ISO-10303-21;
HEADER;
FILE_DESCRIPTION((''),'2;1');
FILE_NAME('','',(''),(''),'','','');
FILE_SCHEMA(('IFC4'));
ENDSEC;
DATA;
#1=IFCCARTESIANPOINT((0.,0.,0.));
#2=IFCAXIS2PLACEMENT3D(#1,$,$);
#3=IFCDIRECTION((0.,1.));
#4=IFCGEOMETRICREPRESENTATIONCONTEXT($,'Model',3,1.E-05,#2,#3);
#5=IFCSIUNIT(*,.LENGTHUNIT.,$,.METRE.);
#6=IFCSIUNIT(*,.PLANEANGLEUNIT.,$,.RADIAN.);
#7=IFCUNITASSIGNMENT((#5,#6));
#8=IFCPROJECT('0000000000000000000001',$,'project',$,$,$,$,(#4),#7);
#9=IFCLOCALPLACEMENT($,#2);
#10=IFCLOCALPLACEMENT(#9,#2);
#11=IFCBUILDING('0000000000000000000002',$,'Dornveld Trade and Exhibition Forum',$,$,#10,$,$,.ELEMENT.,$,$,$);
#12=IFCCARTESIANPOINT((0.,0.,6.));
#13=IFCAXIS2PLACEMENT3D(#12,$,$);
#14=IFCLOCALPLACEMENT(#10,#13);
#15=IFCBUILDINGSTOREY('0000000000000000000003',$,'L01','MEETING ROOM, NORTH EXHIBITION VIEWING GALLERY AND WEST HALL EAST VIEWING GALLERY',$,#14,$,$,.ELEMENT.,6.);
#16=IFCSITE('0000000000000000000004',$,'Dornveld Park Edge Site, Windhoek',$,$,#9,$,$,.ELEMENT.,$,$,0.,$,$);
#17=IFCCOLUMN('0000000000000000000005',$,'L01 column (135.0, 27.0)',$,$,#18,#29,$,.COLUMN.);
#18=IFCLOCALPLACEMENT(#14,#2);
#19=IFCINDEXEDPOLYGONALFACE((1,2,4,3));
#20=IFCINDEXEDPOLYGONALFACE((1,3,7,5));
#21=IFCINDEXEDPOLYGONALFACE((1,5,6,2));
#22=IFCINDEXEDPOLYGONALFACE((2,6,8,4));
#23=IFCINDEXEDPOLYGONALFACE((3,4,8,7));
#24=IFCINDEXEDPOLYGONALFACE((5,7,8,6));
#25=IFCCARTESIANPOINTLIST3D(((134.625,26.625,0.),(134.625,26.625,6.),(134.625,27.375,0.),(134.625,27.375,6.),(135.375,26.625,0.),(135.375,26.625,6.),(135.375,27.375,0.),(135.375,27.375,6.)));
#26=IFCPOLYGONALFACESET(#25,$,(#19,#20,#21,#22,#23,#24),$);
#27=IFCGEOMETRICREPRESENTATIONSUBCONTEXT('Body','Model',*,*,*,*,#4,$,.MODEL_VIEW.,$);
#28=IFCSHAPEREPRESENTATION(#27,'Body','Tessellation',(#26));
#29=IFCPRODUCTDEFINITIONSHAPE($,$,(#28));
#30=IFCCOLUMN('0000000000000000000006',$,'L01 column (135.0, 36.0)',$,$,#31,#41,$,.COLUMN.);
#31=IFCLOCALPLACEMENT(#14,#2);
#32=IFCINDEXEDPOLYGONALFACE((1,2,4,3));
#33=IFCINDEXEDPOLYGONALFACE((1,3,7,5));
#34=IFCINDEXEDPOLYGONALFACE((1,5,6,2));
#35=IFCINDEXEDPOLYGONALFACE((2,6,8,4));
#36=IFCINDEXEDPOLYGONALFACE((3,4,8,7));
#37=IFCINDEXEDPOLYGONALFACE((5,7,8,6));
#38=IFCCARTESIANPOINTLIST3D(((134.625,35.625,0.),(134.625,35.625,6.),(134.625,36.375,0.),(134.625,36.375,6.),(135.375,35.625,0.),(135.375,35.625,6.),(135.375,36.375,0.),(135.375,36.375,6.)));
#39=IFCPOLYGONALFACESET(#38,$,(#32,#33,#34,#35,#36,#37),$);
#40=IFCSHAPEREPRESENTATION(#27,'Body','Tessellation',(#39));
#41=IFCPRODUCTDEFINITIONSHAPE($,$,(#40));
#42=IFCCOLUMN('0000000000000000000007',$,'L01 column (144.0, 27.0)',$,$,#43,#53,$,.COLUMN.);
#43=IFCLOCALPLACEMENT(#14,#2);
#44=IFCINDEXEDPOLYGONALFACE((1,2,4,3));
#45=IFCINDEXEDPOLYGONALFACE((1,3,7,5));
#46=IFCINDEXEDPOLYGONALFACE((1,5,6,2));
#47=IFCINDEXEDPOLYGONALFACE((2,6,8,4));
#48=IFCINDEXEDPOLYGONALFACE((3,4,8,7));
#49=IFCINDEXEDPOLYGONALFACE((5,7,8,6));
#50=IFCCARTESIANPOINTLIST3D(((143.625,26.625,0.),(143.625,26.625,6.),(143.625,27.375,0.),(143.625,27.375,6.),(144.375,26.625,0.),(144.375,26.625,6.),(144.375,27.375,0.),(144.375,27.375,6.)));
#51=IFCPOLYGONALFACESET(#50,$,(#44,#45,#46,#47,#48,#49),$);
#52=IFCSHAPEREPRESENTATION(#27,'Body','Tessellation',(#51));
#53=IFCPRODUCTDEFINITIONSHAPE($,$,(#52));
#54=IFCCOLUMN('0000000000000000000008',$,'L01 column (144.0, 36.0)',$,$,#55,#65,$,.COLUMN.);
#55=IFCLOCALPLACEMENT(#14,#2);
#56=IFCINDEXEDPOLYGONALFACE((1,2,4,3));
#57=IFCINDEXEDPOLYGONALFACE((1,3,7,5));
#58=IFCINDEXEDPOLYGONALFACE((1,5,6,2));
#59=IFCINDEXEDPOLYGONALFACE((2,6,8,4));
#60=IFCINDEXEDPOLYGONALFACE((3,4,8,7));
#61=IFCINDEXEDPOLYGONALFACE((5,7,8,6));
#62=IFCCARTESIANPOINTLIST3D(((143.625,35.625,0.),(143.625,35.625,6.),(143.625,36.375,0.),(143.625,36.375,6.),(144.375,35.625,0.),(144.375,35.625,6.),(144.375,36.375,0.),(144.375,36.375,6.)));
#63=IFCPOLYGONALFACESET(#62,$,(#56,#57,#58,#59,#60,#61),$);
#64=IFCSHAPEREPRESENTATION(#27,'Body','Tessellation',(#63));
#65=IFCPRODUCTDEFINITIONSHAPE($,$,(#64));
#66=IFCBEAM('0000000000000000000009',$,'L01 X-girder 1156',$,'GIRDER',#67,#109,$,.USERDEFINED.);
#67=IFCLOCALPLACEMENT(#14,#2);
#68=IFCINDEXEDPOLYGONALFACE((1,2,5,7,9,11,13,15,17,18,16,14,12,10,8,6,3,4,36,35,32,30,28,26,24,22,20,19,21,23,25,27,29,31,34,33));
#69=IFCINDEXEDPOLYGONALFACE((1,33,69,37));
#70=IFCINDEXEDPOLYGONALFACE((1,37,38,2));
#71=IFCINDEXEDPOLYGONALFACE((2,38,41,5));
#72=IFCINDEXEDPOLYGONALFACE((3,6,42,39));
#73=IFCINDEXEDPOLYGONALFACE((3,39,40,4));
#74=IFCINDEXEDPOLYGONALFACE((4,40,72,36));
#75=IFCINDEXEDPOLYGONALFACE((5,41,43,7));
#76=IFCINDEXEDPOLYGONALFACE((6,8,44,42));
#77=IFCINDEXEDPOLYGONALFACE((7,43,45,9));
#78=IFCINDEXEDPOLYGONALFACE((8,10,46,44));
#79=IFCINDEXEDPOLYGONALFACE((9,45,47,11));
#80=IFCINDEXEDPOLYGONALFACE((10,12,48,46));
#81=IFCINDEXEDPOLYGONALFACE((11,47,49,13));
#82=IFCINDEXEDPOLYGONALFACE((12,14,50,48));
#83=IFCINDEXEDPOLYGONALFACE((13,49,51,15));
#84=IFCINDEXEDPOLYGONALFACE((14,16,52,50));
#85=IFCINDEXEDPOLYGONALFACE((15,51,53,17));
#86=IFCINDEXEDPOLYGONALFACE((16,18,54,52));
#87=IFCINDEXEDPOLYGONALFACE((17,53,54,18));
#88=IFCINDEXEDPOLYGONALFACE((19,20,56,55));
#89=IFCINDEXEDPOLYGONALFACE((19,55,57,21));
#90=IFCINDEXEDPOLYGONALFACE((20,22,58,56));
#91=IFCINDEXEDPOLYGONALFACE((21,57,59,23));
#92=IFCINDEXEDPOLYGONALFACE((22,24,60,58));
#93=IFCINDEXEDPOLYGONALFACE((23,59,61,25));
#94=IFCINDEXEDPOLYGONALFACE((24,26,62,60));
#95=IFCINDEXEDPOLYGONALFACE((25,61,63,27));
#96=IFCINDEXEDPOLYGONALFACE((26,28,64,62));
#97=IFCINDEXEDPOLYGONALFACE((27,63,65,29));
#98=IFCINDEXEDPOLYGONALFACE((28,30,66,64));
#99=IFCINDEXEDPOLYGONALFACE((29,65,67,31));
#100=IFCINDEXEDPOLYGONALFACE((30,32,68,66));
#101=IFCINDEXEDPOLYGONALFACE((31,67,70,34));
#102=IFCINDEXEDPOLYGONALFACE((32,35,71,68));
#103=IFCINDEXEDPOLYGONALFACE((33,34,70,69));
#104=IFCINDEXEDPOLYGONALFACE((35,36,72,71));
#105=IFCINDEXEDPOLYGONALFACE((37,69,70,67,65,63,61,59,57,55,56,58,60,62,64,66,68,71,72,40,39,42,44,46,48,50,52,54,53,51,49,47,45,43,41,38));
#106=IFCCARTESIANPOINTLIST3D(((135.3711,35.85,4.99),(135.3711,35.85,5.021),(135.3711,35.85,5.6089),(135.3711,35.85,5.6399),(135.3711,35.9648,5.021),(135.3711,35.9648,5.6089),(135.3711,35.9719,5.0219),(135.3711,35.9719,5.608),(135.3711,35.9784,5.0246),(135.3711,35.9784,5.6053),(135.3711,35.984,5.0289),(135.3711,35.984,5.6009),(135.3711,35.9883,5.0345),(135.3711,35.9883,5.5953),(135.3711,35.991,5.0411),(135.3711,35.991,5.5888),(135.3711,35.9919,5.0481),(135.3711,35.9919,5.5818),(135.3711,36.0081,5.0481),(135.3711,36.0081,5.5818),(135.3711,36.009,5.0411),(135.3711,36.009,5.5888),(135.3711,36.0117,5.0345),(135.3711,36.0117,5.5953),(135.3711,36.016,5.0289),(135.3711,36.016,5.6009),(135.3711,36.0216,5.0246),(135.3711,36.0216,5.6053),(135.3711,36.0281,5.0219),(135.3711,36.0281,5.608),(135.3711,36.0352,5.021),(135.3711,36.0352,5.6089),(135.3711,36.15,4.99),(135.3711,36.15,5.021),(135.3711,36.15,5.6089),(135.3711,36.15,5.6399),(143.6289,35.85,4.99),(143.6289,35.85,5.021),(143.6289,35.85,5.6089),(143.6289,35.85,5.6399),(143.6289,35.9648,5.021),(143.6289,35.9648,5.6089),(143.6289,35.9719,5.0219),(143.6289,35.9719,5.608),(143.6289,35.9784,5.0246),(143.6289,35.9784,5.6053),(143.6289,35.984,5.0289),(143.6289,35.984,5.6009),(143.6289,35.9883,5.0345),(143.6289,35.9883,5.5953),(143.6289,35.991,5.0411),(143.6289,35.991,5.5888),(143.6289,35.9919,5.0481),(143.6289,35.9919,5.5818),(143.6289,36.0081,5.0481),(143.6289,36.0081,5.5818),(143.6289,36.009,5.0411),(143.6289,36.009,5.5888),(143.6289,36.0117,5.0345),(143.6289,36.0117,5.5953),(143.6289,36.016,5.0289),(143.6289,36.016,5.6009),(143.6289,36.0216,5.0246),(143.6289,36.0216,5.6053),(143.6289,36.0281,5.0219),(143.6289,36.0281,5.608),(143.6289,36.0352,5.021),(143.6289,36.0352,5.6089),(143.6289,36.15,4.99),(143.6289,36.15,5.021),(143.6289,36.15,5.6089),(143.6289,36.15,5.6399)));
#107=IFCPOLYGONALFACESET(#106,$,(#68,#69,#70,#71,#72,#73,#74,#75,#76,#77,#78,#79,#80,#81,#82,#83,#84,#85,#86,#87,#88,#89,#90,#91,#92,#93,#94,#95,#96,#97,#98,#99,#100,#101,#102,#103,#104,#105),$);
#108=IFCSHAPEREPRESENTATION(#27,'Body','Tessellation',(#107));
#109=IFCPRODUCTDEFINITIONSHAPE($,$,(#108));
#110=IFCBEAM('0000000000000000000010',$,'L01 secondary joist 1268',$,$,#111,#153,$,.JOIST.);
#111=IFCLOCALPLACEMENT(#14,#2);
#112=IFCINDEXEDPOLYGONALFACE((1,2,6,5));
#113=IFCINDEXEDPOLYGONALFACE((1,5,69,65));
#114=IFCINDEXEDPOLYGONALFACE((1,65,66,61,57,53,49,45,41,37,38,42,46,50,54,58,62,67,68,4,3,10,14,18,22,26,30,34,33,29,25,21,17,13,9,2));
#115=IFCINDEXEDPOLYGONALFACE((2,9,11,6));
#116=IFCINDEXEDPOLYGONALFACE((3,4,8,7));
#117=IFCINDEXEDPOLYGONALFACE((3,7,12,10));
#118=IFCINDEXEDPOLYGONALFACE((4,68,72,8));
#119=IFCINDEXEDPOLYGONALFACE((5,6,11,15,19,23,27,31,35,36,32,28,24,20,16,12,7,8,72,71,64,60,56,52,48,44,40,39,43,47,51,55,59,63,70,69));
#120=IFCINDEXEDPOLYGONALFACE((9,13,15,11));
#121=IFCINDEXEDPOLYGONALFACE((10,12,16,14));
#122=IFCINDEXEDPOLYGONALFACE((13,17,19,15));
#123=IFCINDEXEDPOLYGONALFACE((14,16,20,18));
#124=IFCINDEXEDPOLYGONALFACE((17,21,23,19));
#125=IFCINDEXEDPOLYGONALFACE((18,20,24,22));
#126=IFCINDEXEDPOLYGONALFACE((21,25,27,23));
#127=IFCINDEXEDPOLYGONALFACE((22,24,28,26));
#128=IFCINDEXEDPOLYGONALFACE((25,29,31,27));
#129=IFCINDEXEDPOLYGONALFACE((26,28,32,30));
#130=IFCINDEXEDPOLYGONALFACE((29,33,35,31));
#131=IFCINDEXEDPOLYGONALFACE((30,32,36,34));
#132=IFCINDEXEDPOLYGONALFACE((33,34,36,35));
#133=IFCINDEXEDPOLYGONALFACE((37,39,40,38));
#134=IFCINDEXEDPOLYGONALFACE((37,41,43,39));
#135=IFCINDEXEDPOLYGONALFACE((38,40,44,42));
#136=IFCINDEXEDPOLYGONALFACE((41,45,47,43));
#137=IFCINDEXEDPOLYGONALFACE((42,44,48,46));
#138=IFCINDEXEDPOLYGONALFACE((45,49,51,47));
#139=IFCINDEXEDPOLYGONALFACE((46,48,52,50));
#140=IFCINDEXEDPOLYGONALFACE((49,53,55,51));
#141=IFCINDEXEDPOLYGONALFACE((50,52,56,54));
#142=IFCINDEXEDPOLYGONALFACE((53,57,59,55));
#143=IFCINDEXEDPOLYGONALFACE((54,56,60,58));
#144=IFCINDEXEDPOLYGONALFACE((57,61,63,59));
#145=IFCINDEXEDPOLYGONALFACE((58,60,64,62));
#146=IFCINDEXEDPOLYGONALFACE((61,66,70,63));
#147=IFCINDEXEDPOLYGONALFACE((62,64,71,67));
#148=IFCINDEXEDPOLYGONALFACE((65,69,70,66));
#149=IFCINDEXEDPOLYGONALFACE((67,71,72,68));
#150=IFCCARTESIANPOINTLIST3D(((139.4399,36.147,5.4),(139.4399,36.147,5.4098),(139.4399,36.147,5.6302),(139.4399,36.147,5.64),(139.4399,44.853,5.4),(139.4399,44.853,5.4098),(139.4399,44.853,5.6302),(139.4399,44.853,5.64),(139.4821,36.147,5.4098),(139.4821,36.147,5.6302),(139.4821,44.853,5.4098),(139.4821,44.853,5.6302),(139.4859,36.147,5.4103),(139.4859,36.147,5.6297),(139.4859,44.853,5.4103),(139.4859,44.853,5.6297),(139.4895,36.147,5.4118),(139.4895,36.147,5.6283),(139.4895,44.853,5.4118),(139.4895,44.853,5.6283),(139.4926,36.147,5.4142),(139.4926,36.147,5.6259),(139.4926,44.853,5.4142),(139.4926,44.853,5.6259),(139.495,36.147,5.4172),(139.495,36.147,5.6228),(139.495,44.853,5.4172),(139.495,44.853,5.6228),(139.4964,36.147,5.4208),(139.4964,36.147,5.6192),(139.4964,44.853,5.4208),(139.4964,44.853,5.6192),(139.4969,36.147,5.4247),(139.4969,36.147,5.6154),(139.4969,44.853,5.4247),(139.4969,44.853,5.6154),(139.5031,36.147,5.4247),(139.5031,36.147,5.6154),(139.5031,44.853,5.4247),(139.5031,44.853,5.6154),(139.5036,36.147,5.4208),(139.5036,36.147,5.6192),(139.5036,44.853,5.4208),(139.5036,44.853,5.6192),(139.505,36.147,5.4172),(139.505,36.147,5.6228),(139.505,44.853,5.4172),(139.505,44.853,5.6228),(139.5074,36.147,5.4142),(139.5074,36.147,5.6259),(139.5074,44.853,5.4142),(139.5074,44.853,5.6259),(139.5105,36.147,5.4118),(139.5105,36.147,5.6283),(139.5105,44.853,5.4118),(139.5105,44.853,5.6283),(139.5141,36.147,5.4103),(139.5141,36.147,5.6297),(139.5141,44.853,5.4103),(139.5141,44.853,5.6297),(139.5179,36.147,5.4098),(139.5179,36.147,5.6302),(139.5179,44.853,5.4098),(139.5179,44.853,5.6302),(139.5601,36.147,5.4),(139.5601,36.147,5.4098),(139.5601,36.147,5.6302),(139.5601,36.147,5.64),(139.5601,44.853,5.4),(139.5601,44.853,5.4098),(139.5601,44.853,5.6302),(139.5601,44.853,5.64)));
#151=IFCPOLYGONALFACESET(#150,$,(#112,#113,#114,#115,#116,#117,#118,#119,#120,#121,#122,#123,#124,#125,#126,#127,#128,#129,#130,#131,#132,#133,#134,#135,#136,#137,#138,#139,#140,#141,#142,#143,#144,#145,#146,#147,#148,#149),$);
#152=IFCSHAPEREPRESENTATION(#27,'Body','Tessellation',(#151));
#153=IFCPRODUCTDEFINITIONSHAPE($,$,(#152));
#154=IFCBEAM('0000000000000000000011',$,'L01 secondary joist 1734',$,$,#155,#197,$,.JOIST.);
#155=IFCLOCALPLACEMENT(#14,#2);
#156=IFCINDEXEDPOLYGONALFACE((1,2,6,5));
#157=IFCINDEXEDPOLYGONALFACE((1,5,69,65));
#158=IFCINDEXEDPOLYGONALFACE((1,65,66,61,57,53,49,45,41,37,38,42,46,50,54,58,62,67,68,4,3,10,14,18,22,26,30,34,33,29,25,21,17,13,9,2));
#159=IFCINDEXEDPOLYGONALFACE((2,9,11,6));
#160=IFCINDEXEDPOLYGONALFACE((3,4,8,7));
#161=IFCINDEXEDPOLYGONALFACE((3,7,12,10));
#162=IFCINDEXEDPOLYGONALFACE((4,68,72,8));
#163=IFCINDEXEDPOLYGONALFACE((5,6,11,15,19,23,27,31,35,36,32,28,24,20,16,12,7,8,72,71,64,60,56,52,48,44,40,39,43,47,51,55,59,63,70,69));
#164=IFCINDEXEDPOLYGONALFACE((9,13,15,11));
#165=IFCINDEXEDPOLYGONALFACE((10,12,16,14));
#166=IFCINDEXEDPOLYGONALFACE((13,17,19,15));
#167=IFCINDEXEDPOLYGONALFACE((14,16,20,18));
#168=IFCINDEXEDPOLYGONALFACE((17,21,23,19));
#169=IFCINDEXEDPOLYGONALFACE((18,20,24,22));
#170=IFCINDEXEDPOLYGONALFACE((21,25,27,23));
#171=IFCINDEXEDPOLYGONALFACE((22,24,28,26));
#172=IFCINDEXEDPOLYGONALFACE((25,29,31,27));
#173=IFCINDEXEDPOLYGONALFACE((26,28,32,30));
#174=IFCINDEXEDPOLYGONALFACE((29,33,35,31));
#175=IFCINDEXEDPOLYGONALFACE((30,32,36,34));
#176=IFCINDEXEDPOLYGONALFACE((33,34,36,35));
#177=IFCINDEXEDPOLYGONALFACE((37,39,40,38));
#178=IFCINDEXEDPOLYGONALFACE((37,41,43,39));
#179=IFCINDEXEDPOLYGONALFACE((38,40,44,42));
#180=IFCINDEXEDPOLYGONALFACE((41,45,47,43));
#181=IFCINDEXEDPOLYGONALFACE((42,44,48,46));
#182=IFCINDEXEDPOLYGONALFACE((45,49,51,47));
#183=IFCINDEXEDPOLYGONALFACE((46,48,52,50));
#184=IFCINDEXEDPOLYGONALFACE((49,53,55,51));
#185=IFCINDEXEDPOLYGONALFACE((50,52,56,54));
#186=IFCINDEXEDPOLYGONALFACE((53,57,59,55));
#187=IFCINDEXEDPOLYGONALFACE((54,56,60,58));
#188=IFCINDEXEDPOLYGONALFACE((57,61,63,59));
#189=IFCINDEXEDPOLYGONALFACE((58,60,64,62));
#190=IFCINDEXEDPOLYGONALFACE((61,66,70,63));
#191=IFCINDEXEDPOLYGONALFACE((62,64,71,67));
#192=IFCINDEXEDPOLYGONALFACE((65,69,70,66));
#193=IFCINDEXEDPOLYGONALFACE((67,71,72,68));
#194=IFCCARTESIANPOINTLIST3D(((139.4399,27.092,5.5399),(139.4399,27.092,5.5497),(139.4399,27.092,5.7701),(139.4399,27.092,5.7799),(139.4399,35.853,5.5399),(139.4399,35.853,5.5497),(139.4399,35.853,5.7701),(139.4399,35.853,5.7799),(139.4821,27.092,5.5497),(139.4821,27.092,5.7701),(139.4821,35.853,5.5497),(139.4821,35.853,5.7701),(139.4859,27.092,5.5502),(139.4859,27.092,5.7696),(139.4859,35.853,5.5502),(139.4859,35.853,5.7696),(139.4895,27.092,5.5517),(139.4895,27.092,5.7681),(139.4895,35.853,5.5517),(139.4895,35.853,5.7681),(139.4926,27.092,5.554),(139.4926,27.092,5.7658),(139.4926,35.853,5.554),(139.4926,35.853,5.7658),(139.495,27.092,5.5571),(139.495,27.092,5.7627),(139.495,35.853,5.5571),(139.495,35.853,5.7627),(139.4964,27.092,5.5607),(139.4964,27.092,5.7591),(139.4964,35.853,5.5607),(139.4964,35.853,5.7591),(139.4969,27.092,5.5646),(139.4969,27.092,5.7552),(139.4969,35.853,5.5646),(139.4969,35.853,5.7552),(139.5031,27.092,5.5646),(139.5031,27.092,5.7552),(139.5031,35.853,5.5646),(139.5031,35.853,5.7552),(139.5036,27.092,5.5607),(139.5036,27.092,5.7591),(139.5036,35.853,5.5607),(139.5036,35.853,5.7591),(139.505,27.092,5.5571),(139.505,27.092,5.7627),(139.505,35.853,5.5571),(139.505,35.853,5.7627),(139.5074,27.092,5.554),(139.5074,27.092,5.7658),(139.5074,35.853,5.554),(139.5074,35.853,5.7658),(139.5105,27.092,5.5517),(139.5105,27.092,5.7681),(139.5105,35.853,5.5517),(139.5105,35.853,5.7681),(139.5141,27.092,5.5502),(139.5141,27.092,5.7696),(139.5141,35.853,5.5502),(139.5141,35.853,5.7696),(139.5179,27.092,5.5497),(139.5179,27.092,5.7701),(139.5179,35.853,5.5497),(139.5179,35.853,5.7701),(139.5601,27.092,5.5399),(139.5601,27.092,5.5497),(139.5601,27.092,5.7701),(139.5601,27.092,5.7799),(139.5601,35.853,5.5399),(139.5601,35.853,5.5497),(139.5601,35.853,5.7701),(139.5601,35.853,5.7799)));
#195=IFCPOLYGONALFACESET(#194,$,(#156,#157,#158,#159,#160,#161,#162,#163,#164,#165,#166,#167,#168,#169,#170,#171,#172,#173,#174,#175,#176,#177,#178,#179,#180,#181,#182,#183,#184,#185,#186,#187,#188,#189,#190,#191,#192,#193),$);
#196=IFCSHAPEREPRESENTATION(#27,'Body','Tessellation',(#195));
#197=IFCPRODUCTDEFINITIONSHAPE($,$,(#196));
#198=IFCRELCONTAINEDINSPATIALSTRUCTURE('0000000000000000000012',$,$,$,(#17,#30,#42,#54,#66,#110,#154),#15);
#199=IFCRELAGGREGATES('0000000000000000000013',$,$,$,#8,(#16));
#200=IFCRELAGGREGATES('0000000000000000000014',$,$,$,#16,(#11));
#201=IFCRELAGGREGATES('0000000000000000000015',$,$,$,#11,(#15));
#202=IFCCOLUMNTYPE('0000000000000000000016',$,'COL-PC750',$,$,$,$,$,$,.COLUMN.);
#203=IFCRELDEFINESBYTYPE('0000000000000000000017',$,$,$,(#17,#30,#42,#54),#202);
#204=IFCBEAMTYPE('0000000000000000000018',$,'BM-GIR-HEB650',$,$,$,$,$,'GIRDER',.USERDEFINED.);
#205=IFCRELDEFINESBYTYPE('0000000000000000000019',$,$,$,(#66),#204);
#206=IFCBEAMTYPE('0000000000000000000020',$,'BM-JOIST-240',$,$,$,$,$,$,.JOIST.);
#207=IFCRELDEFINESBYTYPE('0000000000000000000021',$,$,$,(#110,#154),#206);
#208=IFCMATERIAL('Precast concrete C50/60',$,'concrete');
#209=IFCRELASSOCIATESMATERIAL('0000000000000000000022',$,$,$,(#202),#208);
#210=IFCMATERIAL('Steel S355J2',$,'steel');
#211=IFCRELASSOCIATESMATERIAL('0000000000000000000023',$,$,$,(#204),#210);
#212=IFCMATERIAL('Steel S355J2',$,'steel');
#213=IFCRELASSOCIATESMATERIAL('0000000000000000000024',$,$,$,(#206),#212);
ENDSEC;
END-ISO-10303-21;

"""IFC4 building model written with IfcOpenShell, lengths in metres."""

from ifc_helpers import new_model, si_unit, direction, frame, origin, origin_2d, place, context, subcontext, project, spatial, rectangle, i_section, extrude, material, material_profile, profile_set, type_object, element, save


model = new_model("IFC4")

# Units and contexts
model_context = context("Model", 3, precision=1e-05, world=origin(), true_north=direction((0.0, 1.0)))
body_context = subcontext(model_context, "Body", "Model", "MODEL_VIEW")
ifc_project = project(units=[si_unit("LENGTHUNIT", "METRE"), si_unit("PLANEANGLEUNIT", "RADIAN")], contexts=[model_context])

# Site, building, storey
site_placement = place(None, origin())
site = spatial("IfcSite", under=ifc_project, at=site_placement, Name="Dornveld Park Edge Site, Windhoek", CompositionType="ELEMENT", RefElevation=0.0)
building_placement = place(site_placement, origin())
building = spatial("IfcBuilding", under=site, at=building_placement, Name="Dornveld Trade and Exhibition Forum", CompositionType="ELEMENT")
storey_placement = place(building_placement, frame((0.0, 0.0, 6.0)))
storey = spatial("IfcBuildingStorey", under=building, at=storey_placement, Name="L01", Description="MEETING ROOM, NORTH EXHIBITION VIEWING GALLERY AND WEST HALL EAST VIEWING GALLERY", CompositionType="ELEMENT", Elevation=6.0)

# Columns
ifc_material_1 = material(Name="Precast concrete C50/60", Category="concrete")
ifc_material_profile_1 = material_profile(ifc_material_1, rectangle(XDim=0.75, YDim=0.75, at=origin_2d()), Name="PC-COL 750x750")
ifc_profile_set_1 = profile_set([ifc_material_profile_1], Name="Precast concrete C50/60")
column_type = type_object("IfcColumnType", Name="COL-PC750", PredefinedType="COLUMN", material=ifc_profile_set_1)
for number, where, z_axis, x_axis, name in (
    (1, (135.0, 27.0, 0.0), (0.0, 0.0, 1.0), (1.0, 0.0, 0.0), "L01 column (135.0, 27.0)"),
    (2, (135.0, 36.0, 0.0), (0.0, 0.0, 1.0), (1.0, 0.0, 0.0), "L01 column (135.0, 36.0)"),
    (3, (144.0, 27.0, 0.0), (0.0, 0.0, 1.0), (1.0, 0.0, 0.0), "L01 column (144.0, 27.0)"),
    (4, (144.0, 36.0, 0.0), (0.0, 0.0, 1.0), (1.0, 0.0, 0.0), "L01 column (144.0, 36.0)"),
):
    element("IfcColumn", number, at=place(storey_placement, frame(where, z_axis=z_axis, x_axis=x_axis)), inside=storey, type_object=column_type, Name=name, PredefinedType="COLUMN", context=body_context, shape_type="SweptSolid", body=[
        extrude(rectangle(XDim=0.75, YDim=0.75, at=origin_2d()), origin(), (0.0, 0.0, 1.0), 6.0),
    ])

# Beams
ifc_material_2 = material(Name="Steel S355J2", Category="steel")
ifc_material_profile_2 = material_profile(ifc_material_2, i_section(OverallWidth=0.3, OverallDepth=0.6499, WebThickness=0.0161, FlangeThickness=0.031, FilletRadius=0.0271, at=origin_2d()), Name="HEB 650")
ifc_profile_set_2 = profile_set([ifc_material_profile_2], Name="Steel S355J2")
beam_type_1 = type_object("IfcBeamType", Name="BM-GIR-HEB650", ElementType="GIRDER", PredefinedType="USERDEFINED", material=ifc_profile_set_2)
beam_1_placement = place(storey_placement, frame((135.3711, 36.0, 5.3149), z_axis=(1.0, 0.0, 0.0), x_axis=(0.0, 1.0, 0.0)))
element("IfcBeam", 5, at=beam_1_placement, inside=storey, type_object=beam_type_1, Name="L01 X-girder 1156", ObjectType="GIRDER", PredefinedType="USERDEFINED", context=body_context, shape_type="SweptSolid", body=[
    extrude(i_section(OverallWidth=0.3, OverallDepth=0.6499, WebThickness=0.0161, FlangeThickness=0.031, FilletRadius=0.0271, at=origin_2d()), origin(), (0.0, 0.0, 1.0), 8.2578),
])
ifc_material_3 = material(Name="Steel S355J2", Category="steel")
ifc_material_profile_3 = material_profile(ifc_material_3, i_section(OverallWidth=0.1201, OverallDepth=0.24, WebThickness=0.0061, FlangeThickness=0.0098, FilletRadius=0.0149, at=origin_2d()), Name="IPE 240")
ifc_profile_set_3 = profile_set([ifc_material_profile_3], Name="Steel S355J2")
beam_type_2 = type_object("IfcBeamType", Name="BM-JOIST-240", PredefinedType="JOIST", material=ifc_profile_set_3)
beam_2_placement = place(storey_placement, frame((139.5, 36.147, 5.52), z_axis=(0.0, 1.0, 0.0), x_axis=(-1.0, 0.0, 0.0)))
element("IfcBeam", 6, at=beam_2_placement, inside=storey, type_object=beam_type_2, Name="L01 secondary joist 1268", PredefinedType="JOIST", context=body_context, shape_type="SweptSolid", body=[
    extrude(i_section(OverallWidth=0.1201, OverallDepth=0.24, WebThickness=0.0061, FlangeThickness=0.0098, FilletRadius=0.0149, at=origin_2d()), origin(), (0.0, 0.0, 1.0), 8.7061),
])
beam_3_placement = place(storey_placement, frame((139.5, 27.092, 5.6599), z_axis=(0.0, 1.0, 0.0), x_axis=(-1.0, 0.0, 0.0)))
element("IfcBeam", 7, at=beam_3_placement, inside=storey, type_object=beam_type_2, Name="L01 secondary joist 1734", PredefinedType="JOIST", context=body_context, shape_type="SweptSolid", body=[
    extrude(i_section(OverallWidth=0.1201, OverallDepth=0.24, WebThickness=0.0061, FlangeThickness=0.0098, FilletRadius=0.0149, at=origin_2d()), origin(), (0.0, 0.0, 1.0), 8.761),
])

save(model, "model.ifc")
